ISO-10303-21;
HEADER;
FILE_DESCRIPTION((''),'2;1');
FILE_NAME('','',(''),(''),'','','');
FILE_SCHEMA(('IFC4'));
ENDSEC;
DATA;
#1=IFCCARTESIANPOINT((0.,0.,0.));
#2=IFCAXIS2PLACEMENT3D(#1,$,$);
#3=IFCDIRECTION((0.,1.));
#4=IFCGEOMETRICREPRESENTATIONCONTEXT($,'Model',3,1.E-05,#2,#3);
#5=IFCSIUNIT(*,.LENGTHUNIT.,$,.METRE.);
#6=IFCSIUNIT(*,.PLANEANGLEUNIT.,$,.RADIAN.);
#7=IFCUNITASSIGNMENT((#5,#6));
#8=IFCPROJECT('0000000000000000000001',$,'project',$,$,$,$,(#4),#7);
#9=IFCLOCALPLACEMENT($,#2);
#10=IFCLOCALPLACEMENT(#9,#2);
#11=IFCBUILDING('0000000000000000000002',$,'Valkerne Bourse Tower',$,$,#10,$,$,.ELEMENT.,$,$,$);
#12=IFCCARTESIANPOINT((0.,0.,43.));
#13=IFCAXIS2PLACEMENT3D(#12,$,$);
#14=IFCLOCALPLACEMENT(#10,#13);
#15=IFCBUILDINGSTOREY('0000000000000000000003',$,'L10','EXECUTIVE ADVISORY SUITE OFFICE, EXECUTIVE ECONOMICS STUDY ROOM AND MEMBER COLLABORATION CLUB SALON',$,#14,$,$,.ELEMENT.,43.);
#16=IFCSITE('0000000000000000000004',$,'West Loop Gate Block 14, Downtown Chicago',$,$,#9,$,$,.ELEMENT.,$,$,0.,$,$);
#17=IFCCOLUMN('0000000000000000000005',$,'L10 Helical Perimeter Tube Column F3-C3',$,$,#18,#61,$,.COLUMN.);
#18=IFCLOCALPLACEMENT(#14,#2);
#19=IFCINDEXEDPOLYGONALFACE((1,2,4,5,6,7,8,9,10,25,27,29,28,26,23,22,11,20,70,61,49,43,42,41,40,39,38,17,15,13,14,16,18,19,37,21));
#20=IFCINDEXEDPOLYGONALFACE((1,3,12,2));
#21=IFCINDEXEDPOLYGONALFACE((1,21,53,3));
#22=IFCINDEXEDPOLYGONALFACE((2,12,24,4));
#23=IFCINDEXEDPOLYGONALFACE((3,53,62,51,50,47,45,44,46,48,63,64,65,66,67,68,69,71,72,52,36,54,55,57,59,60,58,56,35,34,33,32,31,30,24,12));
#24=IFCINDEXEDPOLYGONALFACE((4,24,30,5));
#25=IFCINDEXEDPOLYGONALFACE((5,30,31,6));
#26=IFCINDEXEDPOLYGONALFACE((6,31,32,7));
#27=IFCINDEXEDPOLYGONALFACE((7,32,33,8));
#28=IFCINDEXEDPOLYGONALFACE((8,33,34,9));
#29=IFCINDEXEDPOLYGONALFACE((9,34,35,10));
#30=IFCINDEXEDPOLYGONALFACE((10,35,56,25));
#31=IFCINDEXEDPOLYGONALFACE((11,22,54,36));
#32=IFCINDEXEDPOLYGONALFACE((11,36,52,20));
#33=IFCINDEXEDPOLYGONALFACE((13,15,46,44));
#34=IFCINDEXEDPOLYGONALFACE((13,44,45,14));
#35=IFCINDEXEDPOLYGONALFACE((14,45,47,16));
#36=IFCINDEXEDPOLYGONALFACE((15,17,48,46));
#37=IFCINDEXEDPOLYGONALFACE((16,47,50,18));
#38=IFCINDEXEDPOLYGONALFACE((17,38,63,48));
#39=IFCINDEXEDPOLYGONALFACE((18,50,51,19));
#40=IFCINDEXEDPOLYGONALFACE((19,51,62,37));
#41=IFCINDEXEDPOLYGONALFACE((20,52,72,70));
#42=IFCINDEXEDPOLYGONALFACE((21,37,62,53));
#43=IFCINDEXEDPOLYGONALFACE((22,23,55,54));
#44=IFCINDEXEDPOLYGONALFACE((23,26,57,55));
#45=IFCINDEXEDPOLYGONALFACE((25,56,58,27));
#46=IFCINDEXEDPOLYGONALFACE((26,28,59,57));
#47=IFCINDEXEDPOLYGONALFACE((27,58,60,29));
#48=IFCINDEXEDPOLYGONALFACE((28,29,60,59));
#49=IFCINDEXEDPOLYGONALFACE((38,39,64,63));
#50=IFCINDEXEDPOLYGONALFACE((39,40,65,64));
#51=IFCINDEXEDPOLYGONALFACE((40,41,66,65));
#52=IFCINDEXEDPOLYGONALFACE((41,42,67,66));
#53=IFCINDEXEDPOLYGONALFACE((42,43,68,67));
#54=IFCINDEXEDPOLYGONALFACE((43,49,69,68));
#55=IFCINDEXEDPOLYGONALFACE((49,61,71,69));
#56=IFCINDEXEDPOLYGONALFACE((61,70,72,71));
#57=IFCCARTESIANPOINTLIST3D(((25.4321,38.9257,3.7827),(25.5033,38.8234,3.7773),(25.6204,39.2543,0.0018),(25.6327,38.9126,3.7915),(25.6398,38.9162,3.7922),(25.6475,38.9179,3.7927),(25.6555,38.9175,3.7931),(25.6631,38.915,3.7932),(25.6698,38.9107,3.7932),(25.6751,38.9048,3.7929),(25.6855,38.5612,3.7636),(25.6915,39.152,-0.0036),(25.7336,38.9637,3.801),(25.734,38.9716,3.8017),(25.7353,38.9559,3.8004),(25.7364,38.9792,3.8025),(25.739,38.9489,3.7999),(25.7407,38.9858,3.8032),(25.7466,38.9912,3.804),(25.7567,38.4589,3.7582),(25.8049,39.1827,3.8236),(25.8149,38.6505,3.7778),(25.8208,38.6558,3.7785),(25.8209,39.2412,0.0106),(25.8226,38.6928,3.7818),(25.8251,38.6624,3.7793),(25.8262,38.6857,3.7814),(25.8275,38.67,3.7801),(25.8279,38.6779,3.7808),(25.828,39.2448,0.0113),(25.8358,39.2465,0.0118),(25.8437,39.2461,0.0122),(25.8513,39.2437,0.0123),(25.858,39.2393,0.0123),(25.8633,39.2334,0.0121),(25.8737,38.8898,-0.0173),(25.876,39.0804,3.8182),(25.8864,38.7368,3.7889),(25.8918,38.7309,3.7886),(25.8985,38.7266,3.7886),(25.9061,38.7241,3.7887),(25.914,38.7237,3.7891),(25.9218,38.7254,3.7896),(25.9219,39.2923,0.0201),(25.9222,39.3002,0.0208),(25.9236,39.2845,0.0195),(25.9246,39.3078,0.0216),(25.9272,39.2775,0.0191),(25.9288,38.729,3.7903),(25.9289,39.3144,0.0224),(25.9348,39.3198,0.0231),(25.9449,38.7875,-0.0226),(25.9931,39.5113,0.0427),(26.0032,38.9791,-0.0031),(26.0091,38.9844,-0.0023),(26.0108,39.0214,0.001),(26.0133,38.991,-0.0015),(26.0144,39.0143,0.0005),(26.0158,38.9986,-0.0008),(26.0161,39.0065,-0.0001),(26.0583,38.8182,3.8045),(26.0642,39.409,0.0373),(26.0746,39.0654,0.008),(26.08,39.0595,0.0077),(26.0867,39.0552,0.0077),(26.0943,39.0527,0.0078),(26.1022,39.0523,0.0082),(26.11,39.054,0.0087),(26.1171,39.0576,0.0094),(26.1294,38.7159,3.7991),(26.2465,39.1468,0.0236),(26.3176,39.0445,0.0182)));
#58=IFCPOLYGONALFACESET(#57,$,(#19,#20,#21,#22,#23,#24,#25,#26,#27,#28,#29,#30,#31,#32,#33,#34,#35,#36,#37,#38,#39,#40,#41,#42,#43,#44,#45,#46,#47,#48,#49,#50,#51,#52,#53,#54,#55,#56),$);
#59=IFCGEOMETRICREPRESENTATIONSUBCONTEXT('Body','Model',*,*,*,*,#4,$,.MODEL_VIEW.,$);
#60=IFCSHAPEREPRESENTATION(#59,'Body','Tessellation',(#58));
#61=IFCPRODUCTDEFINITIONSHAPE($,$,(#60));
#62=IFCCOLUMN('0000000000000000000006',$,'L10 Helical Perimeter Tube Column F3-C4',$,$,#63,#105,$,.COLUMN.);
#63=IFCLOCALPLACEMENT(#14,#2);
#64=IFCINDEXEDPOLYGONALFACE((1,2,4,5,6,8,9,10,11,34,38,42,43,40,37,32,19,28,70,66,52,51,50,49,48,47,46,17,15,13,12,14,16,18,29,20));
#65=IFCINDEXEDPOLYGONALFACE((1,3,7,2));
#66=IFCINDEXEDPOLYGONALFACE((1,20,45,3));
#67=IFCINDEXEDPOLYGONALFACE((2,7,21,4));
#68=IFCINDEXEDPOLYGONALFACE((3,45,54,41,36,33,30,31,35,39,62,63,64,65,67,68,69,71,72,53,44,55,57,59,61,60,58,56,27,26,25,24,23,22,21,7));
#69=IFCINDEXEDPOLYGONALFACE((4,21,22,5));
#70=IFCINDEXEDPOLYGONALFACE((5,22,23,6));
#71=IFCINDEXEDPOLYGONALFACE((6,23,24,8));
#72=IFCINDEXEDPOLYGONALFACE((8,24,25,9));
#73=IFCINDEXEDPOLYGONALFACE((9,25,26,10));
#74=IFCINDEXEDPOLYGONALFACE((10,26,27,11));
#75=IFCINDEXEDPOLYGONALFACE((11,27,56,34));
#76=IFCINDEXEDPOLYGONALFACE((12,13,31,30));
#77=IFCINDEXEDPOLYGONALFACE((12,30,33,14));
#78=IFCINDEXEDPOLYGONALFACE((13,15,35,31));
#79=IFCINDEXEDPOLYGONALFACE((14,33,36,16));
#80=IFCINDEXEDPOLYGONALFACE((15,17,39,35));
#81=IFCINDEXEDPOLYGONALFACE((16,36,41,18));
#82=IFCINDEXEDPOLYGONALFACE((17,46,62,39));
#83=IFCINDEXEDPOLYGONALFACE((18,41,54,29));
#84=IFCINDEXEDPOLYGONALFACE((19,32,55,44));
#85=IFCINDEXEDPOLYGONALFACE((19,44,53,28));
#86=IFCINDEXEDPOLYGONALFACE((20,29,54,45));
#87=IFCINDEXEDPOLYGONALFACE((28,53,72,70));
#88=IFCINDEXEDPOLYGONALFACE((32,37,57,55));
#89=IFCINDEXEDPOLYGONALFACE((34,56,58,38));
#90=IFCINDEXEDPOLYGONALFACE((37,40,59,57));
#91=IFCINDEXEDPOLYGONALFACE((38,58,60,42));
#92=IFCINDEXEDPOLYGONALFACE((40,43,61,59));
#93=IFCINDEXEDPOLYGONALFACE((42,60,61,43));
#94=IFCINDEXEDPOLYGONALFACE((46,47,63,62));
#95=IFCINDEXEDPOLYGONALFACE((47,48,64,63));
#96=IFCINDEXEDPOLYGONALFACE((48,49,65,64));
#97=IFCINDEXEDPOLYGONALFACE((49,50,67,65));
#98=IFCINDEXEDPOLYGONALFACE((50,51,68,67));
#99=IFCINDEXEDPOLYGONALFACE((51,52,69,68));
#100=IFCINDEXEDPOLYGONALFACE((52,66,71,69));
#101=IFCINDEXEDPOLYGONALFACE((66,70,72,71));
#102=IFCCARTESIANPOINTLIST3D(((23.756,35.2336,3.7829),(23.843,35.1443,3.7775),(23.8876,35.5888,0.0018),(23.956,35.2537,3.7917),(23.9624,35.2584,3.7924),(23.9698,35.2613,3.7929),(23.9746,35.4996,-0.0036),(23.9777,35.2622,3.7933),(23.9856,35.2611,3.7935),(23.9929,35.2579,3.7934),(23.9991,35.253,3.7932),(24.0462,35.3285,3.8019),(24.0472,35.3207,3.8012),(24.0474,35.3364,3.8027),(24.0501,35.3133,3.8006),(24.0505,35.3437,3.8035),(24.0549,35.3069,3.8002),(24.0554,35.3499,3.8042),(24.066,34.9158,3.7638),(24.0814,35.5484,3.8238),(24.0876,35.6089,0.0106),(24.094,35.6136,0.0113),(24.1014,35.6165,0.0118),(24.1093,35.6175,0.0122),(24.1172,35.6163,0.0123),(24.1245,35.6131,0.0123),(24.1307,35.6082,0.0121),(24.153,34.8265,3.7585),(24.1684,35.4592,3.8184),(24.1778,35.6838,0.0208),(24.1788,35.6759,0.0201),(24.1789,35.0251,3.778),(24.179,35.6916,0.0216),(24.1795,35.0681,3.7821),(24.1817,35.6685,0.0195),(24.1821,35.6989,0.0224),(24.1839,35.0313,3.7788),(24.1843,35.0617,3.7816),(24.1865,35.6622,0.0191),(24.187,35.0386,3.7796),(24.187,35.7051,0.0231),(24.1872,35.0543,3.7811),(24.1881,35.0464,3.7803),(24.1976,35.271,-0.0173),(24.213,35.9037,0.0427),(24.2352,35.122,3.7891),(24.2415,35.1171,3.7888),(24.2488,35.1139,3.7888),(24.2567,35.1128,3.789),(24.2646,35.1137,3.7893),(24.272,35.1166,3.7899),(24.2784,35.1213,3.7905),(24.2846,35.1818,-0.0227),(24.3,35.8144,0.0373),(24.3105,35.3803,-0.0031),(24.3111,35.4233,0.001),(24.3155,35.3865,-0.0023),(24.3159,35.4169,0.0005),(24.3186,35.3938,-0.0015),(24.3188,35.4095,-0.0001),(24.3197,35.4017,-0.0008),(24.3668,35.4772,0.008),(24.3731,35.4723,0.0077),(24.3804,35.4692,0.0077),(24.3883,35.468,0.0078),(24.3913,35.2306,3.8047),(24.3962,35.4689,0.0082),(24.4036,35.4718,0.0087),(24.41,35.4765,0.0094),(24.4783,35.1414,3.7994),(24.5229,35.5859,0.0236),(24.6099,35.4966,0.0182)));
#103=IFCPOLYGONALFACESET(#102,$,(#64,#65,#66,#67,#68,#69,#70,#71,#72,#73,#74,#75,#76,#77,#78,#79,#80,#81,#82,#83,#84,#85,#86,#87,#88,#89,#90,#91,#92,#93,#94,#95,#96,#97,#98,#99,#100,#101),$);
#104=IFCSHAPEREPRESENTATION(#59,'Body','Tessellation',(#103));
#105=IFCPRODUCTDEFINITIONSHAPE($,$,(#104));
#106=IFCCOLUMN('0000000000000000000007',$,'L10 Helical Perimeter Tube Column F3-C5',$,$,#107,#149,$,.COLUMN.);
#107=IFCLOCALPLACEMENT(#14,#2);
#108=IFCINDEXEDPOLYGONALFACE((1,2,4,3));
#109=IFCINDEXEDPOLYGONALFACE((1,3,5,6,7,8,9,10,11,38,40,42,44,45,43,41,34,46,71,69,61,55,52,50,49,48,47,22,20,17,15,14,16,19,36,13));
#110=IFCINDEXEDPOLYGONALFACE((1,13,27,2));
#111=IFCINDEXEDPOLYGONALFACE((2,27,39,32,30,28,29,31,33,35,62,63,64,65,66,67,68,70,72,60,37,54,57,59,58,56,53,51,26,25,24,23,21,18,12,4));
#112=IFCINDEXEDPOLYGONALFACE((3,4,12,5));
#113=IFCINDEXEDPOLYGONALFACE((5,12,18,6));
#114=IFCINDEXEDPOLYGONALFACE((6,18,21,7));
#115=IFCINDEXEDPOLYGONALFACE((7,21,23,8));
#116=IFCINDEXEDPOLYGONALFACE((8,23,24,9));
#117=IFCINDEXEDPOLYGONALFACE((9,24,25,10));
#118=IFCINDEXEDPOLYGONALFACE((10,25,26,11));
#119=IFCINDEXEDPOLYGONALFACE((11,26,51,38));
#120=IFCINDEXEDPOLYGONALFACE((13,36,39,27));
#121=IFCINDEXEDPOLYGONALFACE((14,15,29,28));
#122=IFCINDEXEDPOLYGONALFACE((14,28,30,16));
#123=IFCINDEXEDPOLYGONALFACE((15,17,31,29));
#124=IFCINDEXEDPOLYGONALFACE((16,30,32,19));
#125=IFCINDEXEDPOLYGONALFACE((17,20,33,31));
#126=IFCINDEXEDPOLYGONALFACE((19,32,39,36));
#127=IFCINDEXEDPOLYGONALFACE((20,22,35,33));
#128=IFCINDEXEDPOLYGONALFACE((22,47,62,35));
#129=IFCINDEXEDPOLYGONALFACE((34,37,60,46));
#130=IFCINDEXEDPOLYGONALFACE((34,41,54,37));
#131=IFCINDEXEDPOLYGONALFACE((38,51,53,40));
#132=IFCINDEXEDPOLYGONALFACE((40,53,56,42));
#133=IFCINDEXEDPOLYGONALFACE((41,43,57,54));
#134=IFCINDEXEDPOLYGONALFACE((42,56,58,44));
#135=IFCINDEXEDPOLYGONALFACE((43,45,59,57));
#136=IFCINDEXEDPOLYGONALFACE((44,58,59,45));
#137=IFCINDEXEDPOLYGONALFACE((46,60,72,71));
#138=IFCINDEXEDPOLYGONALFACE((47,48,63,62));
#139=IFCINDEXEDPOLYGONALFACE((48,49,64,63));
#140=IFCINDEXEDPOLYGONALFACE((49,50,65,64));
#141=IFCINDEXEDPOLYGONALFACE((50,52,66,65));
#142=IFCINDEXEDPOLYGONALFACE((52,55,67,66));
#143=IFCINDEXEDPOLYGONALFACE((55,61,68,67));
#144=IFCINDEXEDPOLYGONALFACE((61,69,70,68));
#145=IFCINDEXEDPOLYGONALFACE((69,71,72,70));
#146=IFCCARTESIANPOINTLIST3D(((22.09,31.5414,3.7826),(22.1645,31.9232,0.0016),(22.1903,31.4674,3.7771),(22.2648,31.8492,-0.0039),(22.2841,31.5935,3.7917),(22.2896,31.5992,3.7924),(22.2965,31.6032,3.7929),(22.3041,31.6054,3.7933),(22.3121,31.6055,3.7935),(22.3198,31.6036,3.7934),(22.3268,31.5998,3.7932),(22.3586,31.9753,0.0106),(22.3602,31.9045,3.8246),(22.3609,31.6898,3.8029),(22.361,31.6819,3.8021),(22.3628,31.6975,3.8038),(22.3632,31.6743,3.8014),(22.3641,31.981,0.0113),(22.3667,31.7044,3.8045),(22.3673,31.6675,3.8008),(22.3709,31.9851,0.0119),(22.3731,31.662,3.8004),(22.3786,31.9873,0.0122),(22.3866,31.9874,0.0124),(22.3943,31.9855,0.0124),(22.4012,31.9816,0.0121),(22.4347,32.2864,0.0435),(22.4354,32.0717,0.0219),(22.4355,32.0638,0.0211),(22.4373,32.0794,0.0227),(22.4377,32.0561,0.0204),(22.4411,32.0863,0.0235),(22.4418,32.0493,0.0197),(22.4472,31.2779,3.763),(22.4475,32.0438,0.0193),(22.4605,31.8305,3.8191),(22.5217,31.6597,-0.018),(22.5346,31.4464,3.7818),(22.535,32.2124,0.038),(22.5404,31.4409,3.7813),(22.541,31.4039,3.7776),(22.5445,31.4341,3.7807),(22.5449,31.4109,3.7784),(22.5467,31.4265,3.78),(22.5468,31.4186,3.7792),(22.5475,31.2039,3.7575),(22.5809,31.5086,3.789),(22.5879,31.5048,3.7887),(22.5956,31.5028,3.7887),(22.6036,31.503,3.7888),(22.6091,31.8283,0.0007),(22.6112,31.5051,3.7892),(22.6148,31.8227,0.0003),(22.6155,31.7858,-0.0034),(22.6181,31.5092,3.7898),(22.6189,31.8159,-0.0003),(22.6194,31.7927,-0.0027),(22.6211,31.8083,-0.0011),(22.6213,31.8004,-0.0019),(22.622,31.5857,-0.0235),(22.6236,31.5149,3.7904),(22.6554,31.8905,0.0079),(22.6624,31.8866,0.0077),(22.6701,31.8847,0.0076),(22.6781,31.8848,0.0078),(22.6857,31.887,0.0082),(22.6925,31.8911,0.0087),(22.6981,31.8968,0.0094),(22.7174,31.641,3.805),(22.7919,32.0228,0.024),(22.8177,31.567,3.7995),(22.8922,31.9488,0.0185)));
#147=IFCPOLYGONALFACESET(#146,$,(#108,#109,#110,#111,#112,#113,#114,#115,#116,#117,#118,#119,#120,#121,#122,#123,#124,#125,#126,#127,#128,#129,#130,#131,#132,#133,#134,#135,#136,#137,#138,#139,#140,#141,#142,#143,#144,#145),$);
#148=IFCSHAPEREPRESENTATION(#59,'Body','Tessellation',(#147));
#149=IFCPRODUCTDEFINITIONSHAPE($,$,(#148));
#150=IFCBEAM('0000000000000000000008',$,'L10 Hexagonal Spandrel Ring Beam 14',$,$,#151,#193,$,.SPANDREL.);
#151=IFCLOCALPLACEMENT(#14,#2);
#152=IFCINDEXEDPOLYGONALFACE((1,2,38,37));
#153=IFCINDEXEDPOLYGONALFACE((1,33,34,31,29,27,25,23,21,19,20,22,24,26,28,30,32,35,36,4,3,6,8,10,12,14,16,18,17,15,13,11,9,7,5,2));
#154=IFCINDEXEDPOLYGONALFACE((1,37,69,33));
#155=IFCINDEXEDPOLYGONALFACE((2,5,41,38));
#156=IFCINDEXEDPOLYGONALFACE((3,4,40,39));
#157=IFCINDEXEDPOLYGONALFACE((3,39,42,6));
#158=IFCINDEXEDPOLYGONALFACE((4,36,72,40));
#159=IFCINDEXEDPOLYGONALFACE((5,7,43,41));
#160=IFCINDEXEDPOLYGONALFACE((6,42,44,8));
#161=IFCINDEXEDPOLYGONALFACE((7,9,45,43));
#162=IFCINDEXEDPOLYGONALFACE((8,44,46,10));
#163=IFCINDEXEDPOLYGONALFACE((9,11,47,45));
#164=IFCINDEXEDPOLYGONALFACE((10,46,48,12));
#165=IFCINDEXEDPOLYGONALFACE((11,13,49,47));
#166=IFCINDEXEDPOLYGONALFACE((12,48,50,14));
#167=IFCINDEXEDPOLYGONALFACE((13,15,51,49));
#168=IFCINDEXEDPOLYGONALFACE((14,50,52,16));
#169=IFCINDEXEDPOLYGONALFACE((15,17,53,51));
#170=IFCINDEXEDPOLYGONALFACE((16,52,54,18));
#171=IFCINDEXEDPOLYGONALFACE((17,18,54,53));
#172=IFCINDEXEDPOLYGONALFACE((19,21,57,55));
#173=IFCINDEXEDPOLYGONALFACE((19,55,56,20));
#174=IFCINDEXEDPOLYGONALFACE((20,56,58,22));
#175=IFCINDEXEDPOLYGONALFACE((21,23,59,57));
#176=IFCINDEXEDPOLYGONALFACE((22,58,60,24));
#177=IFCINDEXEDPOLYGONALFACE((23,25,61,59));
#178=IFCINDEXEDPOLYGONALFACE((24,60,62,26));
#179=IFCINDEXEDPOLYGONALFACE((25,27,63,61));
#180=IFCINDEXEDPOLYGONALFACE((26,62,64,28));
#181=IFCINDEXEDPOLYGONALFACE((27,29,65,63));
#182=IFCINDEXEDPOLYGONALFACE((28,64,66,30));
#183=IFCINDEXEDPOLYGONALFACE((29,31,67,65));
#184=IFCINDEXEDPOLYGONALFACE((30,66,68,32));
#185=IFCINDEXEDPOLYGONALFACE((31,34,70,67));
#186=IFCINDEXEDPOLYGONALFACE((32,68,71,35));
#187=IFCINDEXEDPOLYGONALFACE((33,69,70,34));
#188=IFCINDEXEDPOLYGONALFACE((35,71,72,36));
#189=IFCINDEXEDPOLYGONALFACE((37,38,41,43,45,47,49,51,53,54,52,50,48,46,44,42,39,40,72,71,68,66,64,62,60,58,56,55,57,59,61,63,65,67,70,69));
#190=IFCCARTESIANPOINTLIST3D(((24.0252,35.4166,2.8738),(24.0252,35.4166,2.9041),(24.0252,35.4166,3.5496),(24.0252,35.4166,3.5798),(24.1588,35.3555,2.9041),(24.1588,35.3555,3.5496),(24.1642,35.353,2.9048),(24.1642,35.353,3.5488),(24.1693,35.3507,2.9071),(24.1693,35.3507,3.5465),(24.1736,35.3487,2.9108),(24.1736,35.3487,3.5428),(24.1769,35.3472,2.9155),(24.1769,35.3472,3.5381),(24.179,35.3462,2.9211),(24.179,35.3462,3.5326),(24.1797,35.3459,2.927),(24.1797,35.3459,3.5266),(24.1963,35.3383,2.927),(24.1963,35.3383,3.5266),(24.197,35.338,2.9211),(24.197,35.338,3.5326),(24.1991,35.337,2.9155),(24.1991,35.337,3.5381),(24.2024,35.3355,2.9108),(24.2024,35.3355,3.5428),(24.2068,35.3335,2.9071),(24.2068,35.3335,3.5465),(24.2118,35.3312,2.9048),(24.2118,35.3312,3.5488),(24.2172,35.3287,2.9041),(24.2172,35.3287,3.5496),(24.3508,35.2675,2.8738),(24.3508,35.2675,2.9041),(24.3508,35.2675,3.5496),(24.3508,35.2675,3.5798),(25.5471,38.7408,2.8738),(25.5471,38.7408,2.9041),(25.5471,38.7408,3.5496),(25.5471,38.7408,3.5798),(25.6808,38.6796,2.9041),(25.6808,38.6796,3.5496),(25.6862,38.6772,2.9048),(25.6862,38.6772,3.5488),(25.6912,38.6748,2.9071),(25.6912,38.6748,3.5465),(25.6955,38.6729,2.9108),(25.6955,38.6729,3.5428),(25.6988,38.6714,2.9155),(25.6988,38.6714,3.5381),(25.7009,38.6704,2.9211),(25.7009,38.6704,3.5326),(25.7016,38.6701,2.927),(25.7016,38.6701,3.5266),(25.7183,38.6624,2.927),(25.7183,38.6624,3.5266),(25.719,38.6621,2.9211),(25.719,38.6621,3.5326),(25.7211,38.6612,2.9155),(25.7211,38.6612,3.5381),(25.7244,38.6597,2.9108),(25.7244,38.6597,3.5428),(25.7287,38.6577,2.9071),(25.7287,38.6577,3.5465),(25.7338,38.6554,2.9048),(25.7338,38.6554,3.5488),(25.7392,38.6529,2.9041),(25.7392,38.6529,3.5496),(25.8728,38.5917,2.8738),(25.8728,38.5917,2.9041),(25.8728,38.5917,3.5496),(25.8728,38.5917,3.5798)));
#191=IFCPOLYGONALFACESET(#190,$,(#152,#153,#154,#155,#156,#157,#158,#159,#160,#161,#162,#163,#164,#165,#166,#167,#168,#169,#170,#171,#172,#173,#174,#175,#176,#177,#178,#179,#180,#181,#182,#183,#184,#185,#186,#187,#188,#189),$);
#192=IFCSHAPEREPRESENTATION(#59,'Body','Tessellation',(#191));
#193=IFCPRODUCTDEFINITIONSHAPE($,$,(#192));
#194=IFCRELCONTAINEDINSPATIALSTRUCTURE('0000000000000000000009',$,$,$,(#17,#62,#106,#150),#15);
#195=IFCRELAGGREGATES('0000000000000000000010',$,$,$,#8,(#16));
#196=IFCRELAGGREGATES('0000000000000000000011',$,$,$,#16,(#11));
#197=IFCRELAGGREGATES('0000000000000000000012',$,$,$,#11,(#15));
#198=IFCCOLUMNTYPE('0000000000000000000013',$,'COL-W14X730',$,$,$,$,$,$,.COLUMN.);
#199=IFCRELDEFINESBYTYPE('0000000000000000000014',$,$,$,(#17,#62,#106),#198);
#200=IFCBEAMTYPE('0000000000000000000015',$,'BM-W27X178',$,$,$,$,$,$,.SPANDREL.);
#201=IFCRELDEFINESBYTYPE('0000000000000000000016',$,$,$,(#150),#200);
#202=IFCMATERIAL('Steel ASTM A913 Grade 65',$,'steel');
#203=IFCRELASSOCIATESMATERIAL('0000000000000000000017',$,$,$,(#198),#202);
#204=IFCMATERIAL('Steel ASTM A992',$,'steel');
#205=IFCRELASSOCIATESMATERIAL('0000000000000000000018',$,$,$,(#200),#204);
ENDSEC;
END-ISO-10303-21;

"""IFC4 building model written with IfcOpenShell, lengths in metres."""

from ifc_helpers import new_model, si_unit, direction, frame, origin, origin_2d, place, context, subcontext, project, spatial, i_section, extrude, material, material_profile, profile_set, type_object, element, save


model = new_model("IFC4")

# Units and contexts
model_context = context("Model", 3, precision=1e-05, world=origin(), true_north=direction((0.0, 1.0)))
body_context = subcontext(model_context, "Body", "Model", "MODEL_VIEW")
ifc_project = project(units=[si_unit("LENGTHUNIT", "METRE"), si_unit("PLANEANGLEUNIT", "RADIAN")], contexts=[model_context])

# Site, building, storey
site_placement = place(None, origin())
site = spatial("IfcSite", under=ifc_project, at=site_placement, Name="West Loop Gate Block 14, Downtown Chicago", CompositionType="ELEMENT", RefElevation=0.0)
building_placement = place(site_placement, origin())
building = spatial("IfcBuilding", under=site, at=building_placement, Name="Valkerne Bourse Tower", CompositionType="ELEMENT")
storey_placement = place(building_placement, frame((0.0, 0.0, 43.0)))
storey = spatial("IfcBuildingStorey", under=building, at=storey_placement, Name="L10", Description="EXECUTIVE ADVISORY SUITE OFFICE, EXECUTIVE ECONOMICS STUDY ROOM AND MEMBER COLLABORATION CLUB SALON", CompositionType="ELEMENT", Elevation=43.0)

# Columns
ifc_material_1 = material(Name="Steel ASTM A913 Grade 65", Category="steel")
ifc_material_profile_1 = material_profile(ifc_material_1, i_section(OverallWidth=0.4546, OverallDepth=0.5691, WebThickness=0.0779, FlangeThickness=0.1248, FilletRadius=0.0305, at=origin_2d()), Name="W14X730")
ifc_profile_set_1 = profile_set([ifc_material_profile_1], Name="Steel ASTM A913 Grade 65")
column_type = type_object("IfcColumnType", Name="COL-W14X730", PredefinedType="COLUMN", material=ifc_profile_set_1)
column_1_placement = place(storey_placement, frame((25.969, 39.1494, 0.01), z_axis=(-0.049536, -0.086479, 0.995021), x_axis=(-0.819955, -0.565317, -0.089953)))
element("IfcColumn", 1, at=column_1_placement, inside=storey, type_object=column_type, Name="L10 Helical Perimeter Tube Column F3-C3", PredefinedType="COLUMN", context=body_context, shape_type="SweptSolid", body=[
    extrude(i_section(OverallWidth=0.4546, OverallDepth=0.5691, WebThickness=0.0779, FlangeThickness=0.1248, FilletRadius=0.0305, at=origin_2d()), origin(), (0.0, 0.0, 1.0), 3.7998),
])
column_2_placement = place(storey_placement, frame((24.2488, 35.5427, 0.01), z_axis=(-0.03463, -0.093482, 0.995019), x_axis=(-0.715677, -0.692611, -0.089979)))
element("IfcColumn", 2, at=column_2_placement, inside=storey, type_object=column_type, Name="L10 Helical Perimeter Tube Column F3-C4", PredefinedType="COLUMN", context=body_context, shape_type="SweptSolid", body=[
    extrude(i_section(OverallWidth=0.4546, OverallDepth=0.5691, WebThickness=0.0779, FlangeThickness=0.1248, FilletRadius=0.0305, at=origin_2d()), origin(), (0.0, 0.0, 1.0), 3.8),
])
column_3_placement = place(storey_placement, frame((22.5283, 31.936, 0.01), z_axis=(-0.019591, -0.100458, 0.994748), x_axis=(-0.594405, -0.798842, -0.09238)))
element("IfcColumn", 3, at=column_3_placement, inside=storey, type_object=column_type, Name="L10 Helical Perimeter Tube Column F3-C5", PredefinedType="COLUMN", context=body_context, shape_type="SweptSolid", body=[
    extrude(i_section(OverallWidth=0.4546, OverallDepth=0.5691, WebThickness=0.0779, FlangeThickness=0.1248, FilletRadius=0.0305, at=origin_2d()), origin(), (0.0, 0.0, 1.0), 3.801),
])

# Beam
ifc_material_2 = material(Name="Steel ASTM A992", Category="steel")
ifc_material_profile_2 = material_profile(ifc_material_2, i_section(OverallWidth=0.3582, OverallDepth=0.7061, WebThickness=0.0183, FlangeThickness=0.0303, FilletRadius=0.0229, at=origin_2d()), Name="W27X178")
ifc_profile_set_2 = profile_set([ifc_material_profile_2], Name="Steel ASTM A992")
beam_type_1 = type_object("IfcBeamType", Name="BM-W27X178", PredefinedType="SPANDREL", material=ifc_profile_set_2)
for number, where, z_axis, x_axis, name in (
    (4, (25.71, 38.6663, 3.2268), (-0.416287, -0.909233, 0.0), (0.909233, -0.416287, 0.0), "L10 Hexagonal Spandrel Ring Beam 14"),
):
    element("IfcBeam", number, at=place(storey_placement, frame(where, z_axis=z_axis, x_axis=x_axis)), inside=storey, type_object=beam_type_1, Name=name, PredefinedType="SPANDREL", context=body_context, shape_type="SweptSolid", body=[
        extrude(i_section(OverallWidth=0.3582, OverallDepth=0.7061, WebThickness=0.0183, FlangeThickness=0.0303, FilletRadius=0.0229, at=origin_2d()), origin(), (0.0, 0.0, 1.0), 3.656),
    ])

save(model, "model.ifc")
